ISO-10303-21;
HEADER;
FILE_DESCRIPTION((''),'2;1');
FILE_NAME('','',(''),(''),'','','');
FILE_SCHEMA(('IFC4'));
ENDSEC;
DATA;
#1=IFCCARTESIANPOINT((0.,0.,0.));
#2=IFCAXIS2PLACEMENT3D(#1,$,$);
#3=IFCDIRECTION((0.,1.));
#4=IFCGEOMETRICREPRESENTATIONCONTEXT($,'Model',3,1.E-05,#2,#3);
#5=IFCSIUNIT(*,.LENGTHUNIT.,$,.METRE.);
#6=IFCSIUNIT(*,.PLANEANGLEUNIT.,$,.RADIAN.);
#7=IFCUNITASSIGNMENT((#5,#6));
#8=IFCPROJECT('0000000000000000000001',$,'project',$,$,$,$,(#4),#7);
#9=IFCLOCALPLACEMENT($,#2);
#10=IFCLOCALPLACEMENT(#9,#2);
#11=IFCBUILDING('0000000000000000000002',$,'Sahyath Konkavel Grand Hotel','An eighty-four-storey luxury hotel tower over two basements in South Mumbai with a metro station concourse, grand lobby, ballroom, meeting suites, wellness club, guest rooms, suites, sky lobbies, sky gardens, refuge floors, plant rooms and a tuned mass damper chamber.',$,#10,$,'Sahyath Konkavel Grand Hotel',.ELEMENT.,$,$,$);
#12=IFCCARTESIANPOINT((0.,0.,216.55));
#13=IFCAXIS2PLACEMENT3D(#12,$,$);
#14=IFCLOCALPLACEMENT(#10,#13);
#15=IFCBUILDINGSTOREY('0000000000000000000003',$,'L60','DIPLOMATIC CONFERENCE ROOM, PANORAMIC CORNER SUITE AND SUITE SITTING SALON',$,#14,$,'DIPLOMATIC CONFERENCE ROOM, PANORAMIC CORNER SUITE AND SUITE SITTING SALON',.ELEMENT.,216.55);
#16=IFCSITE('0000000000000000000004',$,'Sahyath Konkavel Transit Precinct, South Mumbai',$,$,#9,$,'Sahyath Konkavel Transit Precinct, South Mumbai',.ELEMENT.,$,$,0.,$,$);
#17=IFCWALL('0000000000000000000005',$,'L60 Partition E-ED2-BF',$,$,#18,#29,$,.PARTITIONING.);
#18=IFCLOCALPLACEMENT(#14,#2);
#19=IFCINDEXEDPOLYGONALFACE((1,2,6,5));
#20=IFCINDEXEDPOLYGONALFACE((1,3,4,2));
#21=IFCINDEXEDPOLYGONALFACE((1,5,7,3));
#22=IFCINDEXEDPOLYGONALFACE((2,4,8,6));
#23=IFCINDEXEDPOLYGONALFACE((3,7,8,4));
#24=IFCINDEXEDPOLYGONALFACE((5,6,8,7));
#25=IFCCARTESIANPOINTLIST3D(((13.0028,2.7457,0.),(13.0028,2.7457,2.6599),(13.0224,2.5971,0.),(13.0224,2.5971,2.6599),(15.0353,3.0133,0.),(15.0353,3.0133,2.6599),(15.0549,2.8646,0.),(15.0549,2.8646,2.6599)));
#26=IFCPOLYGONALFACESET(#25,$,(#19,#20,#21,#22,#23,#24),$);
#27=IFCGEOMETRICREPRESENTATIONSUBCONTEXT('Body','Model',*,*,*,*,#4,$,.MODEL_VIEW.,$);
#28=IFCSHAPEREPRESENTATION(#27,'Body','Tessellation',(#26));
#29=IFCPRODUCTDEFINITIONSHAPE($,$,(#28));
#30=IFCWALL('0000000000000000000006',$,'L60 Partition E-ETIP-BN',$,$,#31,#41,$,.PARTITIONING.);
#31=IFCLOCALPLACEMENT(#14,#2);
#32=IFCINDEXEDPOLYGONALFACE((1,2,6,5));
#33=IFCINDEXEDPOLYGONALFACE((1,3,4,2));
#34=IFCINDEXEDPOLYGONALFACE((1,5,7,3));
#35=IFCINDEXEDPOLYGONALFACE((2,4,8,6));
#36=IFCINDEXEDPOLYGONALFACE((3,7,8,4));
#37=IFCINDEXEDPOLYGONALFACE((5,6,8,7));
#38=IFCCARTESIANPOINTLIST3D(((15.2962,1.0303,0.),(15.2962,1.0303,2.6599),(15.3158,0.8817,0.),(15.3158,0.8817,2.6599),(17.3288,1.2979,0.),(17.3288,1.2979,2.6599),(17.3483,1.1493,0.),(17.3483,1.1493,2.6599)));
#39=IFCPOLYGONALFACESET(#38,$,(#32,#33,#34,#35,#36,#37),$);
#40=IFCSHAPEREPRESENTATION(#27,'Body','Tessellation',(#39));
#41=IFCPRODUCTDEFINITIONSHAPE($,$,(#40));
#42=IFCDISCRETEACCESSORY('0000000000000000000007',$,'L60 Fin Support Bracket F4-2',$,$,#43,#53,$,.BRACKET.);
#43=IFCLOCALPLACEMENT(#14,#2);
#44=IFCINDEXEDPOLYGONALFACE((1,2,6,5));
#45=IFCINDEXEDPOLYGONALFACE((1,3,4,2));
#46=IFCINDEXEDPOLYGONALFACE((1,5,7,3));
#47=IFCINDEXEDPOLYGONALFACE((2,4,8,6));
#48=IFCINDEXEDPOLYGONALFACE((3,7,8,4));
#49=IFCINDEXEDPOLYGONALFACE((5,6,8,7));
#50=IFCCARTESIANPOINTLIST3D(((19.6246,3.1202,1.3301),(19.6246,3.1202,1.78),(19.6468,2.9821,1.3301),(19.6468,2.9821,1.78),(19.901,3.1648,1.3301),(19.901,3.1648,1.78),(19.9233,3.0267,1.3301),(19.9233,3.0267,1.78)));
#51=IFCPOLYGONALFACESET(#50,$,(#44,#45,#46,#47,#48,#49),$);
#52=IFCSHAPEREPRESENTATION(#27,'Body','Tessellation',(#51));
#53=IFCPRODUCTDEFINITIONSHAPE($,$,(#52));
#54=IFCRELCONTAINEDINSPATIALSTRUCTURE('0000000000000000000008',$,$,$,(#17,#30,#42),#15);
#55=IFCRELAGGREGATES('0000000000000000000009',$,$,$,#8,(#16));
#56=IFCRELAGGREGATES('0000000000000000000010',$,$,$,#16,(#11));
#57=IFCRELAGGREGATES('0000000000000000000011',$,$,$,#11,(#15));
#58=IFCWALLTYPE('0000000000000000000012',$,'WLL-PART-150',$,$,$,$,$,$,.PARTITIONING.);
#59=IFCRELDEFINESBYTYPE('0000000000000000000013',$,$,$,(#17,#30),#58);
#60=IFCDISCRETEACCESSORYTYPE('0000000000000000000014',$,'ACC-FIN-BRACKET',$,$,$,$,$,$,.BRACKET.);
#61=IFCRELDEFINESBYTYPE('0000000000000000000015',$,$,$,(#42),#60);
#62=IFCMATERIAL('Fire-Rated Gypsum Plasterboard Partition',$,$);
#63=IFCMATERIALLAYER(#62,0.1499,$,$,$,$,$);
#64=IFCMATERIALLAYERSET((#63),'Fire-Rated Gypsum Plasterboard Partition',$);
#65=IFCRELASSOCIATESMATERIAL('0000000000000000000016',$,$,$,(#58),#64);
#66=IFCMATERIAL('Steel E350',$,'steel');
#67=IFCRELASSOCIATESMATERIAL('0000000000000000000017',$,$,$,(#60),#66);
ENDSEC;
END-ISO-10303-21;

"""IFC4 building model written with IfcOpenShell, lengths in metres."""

from ifc_helpers import new_model, si_unit, direction, frame, frame_2d, origin, origin_2d, place, context, subcontext, project, spatial, rectangle, extrude, source, transform, mapped, material, layer, layer_set, type_object, element, save


model = new_model("IFC4")

# Units and contexts
model_context = context("Model", 3, precision=1e-05, world=origin(), true_north=direction((0.0, 1.0)))
body_context = subcontext(model_context, "Body", "Model", "MODEL_VIEW")
ifc_project = project(units=[si_unit("LENGTHUNIT", "METRE"), si_unit("PLANEANGLEUNIT", "RADIAN")], contexts=[model_context])

# Site, building, storey
site_placement = place(None, origin())
site = spatial("IfcSite", under=ifc_project, at=site_placement, Name="Sahyath Konkavel Transit Precinct, South Mumbai", LongName="Sahyath Konkavel Transit Precinct, South Mumbai", CompositionType="ELEMENT", RefElevation=0.0)
building_placement = place(site_placement, origin())
building = spatial("IfcBuilding", under=site, at=building_placement, Name="Sahyath Konkavel Grand Hotel", Description="An eighty-four-storey luxury hotel tower over two basements in South Mumbai with a metro station concourse, grand lobby, ballroom, meeting suites, wellness club, guest rooms, suites, sky lobbies, sky gardens, refuge floors, plant rooms and a tuned mass damper chamber.", LongName="Sahyath Konkavel Grand Hotel", CompositionType="ELEMENT")
storey_placement = place(building_placement, frame((0.0, 0.0, 216.55)))
storey = spatial("IfcBuildingStorey", under=building, at=storey_placement, Name="L60", Description="DIPLOMATIC CONFERENCE ROOM, PANORAMIC CORNER SUITE AND SUITE SITTING SALON", LongName="DIPLOMATIC CONFERENCE ROOM, PANORAMIC CORNER SUITE AND SUITE SITTING SALON", CompositionType="ELEMENT", Elevation=216.55)

# Shared definitions
ifc_material_1 = material(Name="Steel E350", Category="steel")

# Shared definitions
ifc_material_2 = material(Name="Fire-Rated Gypsum Plasterboard Partition")
ifc_layer_1 = layer(ifc_material_2, 0.1499)
ifc_layer_set_1 = layer_set([ifc_layer_1], Name="Fire-Rated Gypsum Plasterboard Partition")
wall_type_1 = type_object("IfcWallType", Name="WLL-PART-150", PredefinedType="PARTITIONING", material=ifc_layer_set_1)

# Walls
for number, where, z_axis, x_axis, name in (
    (1, (13.0127, 2.6714, 0.0), (0.0, 0.0, 1.0), (0.991445, 0.130525, 0.0), "L60 Partition E-ED2-BF"),
    (2, (15.3062, 0.9561, 0.0), (0.0, 0.0, 1.0), (0.991445, 0.130525, 0.0), "L60 Partition E-ETIP-BN"),
):
    element("IfcWall", number, at=place(storey_placement, frame(where, z_axis=z_axis, x_axis=x_axis)), inside=storey, type_object=wall_type_1, Name=name, PredefinedType="PARTITIONING", context=body_context, shape_type="SweptSolid", body=[
        extrude(rectangle(XDim=2.05, YDim=0.1499, at=frame_2d((1.0249, 0.0))), origin(), (0.0, 0.0, 1.0), 2.6599),
    ])

# Discrete accessory
discrete_accessory_type = type_object("IfcDiscreteAccessoryType", Name="ACC-FIN-BRACKET", PredefinedType="BRACKET", material=ifc_material_1)
shared_shape_1 = source(origin(), body_context, "Body", "SweptSolid", [
    extrude(rectangle(XDim=0.28, YDim=0.1399, at=origin_2d()), origin(), (0.0, 0.0, 1.0), 0.45),
])
discrete_accessory_placement = place(storey_placement, frame((19.7739, 3.0735, 1.3301), z_axis=(0.0, 0.0, 1.0), x_axis=(0.987231, 0.159295, 0.0)))
element("IfcDiscreteAccessory", 3, at=discrete_accessory_placement, inside=storey, type_object=discrete_accessory_type, Name="L60 Fin Support Bracket F4-2", PredefinedType="BRACKET", context=body_context, shape_type="MappedRepresentation", body=[
    mapped(shared_shape_1, transform((0.0, 0.0, 0.0), scale=1.0)),
])

save(model, "model.ifc")
